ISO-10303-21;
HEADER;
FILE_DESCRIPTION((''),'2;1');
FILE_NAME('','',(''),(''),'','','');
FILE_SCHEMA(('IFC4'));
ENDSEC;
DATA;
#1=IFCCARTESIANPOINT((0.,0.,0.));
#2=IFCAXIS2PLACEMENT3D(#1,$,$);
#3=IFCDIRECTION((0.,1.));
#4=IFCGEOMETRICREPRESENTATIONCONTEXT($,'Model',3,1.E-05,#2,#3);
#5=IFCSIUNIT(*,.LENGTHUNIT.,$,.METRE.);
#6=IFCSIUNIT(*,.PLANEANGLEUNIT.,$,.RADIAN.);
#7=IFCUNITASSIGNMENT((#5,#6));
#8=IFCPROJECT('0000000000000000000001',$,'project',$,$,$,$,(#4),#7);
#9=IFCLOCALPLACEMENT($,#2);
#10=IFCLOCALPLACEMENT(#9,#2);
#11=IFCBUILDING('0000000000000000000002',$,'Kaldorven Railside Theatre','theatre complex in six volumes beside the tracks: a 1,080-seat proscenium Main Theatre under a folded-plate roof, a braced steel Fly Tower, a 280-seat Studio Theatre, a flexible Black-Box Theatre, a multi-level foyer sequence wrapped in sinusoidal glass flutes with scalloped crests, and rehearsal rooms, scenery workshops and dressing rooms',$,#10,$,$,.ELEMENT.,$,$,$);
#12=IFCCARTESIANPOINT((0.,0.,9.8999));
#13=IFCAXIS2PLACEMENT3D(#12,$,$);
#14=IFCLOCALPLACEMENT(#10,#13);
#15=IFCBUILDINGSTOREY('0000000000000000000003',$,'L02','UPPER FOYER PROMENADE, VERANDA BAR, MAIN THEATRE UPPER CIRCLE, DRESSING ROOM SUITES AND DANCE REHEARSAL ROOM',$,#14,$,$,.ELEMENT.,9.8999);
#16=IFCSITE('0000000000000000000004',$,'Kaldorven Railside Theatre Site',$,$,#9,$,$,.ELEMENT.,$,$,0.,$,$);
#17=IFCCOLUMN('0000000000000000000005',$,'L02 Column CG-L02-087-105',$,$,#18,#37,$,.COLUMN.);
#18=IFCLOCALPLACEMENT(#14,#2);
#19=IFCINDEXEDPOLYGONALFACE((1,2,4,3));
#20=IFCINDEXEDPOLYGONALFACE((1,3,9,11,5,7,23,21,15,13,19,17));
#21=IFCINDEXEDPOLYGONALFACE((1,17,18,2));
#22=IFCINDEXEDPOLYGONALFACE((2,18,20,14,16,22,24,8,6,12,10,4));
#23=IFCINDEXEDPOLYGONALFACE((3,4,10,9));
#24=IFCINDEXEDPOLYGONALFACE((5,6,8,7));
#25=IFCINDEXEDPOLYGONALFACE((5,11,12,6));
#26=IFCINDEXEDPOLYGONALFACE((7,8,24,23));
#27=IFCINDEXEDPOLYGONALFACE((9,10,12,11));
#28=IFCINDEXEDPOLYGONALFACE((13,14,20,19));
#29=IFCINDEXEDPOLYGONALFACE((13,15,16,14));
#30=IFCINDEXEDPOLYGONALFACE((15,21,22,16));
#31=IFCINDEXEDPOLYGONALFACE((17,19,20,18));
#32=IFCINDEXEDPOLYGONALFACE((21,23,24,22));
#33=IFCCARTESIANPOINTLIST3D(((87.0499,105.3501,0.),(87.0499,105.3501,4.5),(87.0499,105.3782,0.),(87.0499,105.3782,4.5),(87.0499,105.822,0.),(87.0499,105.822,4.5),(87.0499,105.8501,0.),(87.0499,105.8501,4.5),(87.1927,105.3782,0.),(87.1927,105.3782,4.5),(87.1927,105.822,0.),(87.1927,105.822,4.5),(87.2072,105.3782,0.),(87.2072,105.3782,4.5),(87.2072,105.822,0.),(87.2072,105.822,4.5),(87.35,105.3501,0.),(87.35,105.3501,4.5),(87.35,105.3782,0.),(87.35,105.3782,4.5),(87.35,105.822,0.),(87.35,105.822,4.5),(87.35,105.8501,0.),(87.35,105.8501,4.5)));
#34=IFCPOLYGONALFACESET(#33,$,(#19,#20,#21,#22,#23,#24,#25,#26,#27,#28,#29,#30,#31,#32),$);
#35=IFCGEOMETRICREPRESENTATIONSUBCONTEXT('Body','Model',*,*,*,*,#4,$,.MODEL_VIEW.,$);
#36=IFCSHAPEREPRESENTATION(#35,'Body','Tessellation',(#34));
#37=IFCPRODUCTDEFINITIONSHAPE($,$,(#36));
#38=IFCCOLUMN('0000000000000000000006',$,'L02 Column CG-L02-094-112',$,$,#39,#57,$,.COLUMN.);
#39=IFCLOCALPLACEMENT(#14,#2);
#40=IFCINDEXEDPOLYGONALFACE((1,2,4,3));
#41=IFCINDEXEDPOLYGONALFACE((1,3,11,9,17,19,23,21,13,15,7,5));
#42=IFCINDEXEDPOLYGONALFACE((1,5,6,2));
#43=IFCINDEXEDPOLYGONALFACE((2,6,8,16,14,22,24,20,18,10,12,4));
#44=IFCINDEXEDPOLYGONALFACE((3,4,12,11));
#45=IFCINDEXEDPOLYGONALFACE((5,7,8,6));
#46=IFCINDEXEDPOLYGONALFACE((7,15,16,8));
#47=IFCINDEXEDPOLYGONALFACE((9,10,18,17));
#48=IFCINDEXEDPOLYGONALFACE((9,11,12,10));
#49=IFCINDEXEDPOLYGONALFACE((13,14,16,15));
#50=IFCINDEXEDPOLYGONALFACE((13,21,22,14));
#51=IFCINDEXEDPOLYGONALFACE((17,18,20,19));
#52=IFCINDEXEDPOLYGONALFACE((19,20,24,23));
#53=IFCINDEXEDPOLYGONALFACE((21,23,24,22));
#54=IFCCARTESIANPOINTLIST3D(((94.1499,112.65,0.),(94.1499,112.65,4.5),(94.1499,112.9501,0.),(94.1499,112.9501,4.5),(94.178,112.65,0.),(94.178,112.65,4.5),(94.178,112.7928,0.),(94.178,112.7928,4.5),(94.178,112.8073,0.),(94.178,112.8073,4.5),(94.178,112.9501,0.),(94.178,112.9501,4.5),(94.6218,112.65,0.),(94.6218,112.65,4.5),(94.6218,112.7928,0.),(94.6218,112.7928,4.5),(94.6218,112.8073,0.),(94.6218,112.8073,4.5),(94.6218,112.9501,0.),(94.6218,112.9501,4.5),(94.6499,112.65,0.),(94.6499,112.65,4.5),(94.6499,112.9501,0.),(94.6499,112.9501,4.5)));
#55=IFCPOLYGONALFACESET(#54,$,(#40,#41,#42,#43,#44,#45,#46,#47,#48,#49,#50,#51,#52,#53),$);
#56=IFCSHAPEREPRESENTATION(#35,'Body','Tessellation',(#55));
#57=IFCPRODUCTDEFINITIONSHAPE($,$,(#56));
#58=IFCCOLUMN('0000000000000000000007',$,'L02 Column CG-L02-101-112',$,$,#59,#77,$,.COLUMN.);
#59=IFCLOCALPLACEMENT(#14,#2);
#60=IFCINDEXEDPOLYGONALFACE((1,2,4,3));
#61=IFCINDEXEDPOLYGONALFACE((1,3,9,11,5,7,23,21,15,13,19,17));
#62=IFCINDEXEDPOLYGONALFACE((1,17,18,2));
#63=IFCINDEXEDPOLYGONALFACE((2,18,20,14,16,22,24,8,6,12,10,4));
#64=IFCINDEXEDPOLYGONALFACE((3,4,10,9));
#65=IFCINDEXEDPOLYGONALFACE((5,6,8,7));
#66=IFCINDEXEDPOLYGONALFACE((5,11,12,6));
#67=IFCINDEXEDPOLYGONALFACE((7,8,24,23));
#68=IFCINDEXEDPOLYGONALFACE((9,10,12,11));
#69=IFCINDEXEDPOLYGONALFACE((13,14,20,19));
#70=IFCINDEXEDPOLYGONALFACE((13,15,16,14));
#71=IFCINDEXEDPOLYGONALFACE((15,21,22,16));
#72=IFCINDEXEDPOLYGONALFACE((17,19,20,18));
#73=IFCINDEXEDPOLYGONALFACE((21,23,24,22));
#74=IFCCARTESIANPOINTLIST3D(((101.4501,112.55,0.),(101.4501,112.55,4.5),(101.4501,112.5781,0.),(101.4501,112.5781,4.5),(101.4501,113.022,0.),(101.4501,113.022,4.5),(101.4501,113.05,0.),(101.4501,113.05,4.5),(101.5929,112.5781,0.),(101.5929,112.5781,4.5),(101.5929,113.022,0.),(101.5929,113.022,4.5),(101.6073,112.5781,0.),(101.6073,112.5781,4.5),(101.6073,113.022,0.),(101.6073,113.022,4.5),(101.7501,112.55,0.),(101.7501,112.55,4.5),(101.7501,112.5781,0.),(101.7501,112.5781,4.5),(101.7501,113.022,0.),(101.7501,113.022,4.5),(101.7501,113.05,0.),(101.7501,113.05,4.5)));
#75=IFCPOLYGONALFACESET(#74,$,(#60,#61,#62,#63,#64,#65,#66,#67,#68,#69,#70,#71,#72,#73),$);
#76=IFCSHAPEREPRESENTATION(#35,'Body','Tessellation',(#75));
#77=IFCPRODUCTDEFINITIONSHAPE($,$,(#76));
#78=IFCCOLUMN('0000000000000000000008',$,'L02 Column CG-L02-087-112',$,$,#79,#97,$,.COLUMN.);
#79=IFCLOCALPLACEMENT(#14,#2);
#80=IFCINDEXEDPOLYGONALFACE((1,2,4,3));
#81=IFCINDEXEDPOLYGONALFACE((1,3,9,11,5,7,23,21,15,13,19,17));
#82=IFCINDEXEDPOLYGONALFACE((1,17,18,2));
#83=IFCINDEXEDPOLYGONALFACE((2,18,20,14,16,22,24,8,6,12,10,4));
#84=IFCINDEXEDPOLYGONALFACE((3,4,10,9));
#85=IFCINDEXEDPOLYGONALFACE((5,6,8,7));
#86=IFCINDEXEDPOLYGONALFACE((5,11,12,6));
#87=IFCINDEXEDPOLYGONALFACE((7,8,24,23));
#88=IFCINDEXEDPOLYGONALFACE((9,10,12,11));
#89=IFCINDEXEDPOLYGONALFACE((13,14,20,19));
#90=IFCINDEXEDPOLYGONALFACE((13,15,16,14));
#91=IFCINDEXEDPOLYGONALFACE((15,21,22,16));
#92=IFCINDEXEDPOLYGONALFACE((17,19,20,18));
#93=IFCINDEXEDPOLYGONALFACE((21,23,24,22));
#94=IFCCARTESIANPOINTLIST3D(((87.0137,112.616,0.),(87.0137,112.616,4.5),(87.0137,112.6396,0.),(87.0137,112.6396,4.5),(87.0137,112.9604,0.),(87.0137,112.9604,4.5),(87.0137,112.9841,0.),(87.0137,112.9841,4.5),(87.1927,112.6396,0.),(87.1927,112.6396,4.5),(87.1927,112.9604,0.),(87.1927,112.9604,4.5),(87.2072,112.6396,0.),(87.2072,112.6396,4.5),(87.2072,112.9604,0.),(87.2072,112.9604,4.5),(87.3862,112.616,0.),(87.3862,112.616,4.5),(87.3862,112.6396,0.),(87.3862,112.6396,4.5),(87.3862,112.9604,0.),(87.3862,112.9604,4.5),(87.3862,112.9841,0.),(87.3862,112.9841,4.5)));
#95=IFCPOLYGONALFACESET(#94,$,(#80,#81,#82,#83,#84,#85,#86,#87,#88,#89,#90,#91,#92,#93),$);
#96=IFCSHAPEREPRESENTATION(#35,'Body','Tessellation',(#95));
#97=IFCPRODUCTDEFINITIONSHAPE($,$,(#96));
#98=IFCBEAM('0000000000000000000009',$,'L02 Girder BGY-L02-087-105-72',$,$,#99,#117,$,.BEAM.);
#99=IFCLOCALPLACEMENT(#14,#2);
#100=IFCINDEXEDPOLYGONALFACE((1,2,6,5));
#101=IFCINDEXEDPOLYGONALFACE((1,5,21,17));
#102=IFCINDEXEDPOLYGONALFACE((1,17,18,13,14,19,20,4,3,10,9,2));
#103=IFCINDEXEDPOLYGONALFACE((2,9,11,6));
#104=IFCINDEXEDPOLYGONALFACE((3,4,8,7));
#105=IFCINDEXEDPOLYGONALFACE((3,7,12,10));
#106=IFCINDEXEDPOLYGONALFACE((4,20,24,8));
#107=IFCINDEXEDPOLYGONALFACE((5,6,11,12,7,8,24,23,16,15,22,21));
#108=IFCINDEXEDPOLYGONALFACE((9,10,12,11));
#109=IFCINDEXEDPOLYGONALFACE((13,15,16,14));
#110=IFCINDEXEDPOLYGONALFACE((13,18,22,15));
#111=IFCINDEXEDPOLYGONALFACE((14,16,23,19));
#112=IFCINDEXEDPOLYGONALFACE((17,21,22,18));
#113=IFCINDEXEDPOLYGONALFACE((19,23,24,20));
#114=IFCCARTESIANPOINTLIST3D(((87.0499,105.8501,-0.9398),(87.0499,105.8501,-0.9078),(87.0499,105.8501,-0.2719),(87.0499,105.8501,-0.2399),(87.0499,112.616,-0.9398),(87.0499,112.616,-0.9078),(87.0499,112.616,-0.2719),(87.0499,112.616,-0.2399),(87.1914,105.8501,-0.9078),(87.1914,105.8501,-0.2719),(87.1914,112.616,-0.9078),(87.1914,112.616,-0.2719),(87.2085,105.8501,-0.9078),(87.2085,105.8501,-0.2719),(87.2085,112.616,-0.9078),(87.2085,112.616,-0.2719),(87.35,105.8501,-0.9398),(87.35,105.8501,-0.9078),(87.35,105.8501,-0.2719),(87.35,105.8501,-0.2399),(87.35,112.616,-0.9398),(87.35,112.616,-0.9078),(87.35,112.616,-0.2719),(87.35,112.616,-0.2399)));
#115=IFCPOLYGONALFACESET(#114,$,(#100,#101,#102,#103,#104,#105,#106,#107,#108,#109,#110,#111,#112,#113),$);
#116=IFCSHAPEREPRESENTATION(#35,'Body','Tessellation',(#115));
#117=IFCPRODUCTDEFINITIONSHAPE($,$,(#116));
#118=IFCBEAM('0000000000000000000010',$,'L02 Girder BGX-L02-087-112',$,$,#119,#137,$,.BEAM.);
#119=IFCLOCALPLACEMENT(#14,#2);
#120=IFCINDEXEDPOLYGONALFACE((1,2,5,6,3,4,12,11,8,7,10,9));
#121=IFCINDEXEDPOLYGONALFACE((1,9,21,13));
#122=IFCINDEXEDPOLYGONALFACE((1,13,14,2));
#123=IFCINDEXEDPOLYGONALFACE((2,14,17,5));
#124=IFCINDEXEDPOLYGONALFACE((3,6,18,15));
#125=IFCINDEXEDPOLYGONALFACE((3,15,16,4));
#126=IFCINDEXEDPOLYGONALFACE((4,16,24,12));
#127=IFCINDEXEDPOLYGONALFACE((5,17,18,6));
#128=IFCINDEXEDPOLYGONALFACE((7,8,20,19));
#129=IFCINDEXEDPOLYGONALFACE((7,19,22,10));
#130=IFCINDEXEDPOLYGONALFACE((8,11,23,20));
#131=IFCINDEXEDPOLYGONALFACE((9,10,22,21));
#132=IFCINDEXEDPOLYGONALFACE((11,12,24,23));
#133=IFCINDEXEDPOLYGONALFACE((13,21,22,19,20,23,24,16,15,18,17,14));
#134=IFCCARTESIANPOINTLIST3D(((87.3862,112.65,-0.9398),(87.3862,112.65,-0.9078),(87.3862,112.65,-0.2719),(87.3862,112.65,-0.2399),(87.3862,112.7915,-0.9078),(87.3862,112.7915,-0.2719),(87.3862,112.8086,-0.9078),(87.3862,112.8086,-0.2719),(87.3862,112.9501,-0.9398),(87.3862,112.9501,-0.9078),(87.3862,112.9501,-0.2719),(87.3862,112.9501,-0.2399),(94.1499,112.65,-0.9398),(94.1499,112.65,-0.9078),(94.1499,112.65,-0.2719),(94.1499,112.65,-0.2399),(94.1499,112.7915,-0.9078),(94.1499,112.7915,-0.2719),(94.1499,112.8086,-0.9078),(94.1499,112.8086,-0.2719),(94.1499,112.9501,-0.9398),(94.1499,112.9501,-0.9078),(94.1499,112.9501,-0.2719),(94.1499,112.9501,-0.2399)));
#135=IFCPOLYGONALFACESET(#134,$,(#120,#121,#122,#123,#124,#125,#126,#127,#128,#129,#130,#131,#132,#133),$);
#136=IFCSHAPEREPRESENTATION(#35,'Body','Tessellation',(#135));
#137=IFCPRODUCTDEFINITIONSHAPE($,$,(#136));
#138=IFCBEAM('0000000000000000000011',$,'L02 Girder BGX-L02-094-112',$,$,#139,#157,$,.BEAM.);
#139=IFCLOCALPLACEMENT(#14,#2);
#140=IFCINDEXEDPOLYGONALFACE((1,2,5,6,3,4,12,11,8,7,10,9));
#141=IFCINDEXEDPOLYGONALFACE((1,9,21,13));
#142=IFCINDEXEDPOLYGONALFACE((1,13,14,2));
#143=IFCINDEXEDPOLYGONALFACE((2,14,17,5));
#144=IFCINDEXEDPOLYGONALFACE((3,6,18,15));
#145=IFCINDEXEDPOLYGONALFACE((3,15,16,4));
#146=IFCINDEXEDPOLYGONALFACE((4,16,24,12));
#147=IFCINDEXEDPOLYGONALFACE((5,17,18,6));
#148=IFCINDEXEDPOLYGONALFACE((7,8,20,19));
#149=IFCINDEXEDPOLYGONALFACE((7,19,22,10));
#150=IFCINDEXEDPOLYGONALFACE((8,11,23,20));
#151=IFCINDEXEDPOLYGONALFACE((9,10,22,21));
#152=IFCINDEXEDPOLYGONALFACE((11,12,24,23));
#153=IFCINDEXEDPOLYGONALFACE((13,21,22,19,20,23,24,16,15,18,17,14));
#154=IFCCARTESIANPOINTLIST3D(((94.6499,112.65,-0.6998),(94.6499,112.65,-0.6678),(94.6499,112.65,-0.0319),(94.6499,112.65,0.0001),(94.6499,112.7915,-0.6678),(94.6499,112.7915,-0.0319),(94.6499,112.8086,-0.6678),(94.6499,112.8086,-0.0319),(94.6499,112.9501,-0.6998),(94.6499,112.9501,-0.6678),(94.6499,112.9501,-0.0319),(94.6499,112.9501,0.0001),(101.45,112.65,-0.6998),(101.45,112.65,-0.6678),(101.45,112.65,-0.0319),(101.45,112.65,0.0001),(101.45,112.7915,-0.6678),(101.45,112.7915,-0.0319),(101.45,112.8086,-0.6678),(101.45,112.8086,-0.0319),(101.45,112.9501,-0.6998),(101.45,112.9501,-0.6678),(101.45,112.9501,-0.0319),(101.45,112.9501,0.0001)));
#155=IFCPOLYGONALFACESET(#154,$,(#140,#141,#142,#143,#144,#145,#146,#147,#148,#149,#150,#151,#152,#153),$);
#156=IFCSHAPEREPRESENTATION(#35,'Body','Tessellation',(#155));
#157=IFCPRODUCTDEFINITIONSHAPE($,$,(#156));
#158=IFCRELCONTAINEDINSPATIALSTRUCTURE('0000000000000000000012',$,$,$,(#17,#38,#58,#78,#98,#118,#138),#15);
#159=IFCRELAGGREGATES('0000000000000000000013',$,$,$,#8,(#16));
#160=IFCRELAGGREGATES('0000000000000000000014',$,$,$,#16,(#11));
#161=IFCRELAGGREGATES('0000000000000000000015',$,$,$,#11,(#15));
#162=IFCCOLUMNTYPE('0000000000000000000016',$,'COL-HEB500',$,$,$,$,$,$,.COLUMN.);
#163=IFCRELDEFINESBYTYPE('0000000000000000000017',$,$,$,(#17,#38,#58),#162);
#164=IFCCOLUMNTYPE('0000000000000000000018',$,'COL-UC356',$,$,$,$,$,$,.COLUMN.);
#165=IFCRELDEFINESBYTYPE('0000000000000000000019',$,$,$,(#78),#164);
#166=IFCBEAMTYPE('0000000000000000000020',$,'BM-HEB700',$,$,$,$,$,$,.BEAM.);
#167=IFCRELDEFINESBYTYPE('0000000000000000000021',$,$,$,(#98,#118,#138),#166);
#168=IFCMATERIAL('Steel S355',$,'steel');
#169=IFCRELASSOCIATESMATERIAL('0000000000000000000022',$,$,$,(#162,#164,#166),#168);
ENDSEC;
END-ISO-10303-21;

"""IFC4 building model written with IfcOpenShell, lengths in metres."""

from ifc_helpers import new_model, si_unit, direction, frame, origin, origin_2d, place, context, subcontext, project, spatial, i_section, extrude, material, material_profile, profile_set, type_object, element, save


model = new_model("IFC4")

# Units and contexts
model_context = context("Model", 3, precision=1e-05, world=origin(), true_north=direction((0.0, 1.0)))
body_context = subcontext(model_context, "Body", "Model", "MODEL_VIEW")
ifc_project = project(units=[si_unit("LENGTHUNIT", "METRE"), si_unit("PLANEANGLEUNIT", "RADIAN")], contexts=[model_context])

# Site, building, storey
site_placement = place(None, origin())
site = spatial("IfcSite", under=ifc_project, at=site_placement, Name="Kaldorven Railside Theatre Site", CompositionType="ELEMENT", RefElevation=0.0)
building_placement = place(site_placement, origin())
building = spatial("IfcBuilding", under=site, at=building_placement, Name="Kaldorven Railside Theatre", Description="theatre complex in six volumes beside the tracks: a 1,080-seat proscenium Main Theatre under a folded-plate roof, a braced steel Fly Tower, a 280-seat Studio Theatre, a flexible Black-Box Theatre, a multi-level foyer sequence wrapped in sinusoidal glass flutes with scalloped crests, and rehearsal rooms, scenery workshops and dressing rooms", CompositionType="ELEMENT")
storey_placement = place(building_placement, frame((0.0, 0.0, 9.8999)))
storey = spatial("IfcBuildingStorey", under=building, at=storey_placement, Name="L02", Description="UPPER FOYER PROMENADE, VERANDA BAR, MAIN THEATRE UPPER CIRCLE, DRESSING ROOM SUITES AND DANCE REHEARSAL ROOM", CompositionType="ELEMENT", Elevation=9.8999)

# Columns
ifc_material_1 = material(Name="Steel S355", Category="steel")
ifc_material_profile_1 = material_profile(ifc_material_1, i_section(OverallWidth=0.3, OverallDepth=0.5, WebThickness=0.0144, FlangeThickness=0.0281, at=origin_2d()), Name="HEB 500")
ifc_profile_set_1 = profile_set([ifc_material_profile_1], Name="Steel S355")
column_type_1 = type_object("IfcColumnType", Name="COL-HEB500", PredefinedType="COLUMN", material=ifc_profile_set_1)
for number, where, z_axis, x_axis, name in (
    (1, (87.2, 105.6001, 0.0), (0.0, 0.0, 1.0), (1.0, 0.0, 0.0), "L02 Column CG-L02-087-105"),
    (2, (94.3999, 112.8, 0.0), (0.0, 0.0, 1.0), (0.0, 1.0, 0.0), "L02 Column CG-L02-094-112"),
    (3, (101.6001, 112.8, 0.0), (0.0, 0.0, 1.0), (1.0, 0.0, 0.0), "L02 Column CG-L02-101-112"),
):
    element("IfcColumn", number, at=place(storey_placement, frame(where, z_axis=z_axis, x_axis=x_axis)), inside=storey, type_object=column_type_1, Name=name, PredefinedType="COLUMN", context=body_context, shape_type="SweptSolid", body=[
        extrude(i_section(OverallWidth=0.3, OverallDepth=0.5, WebThickness=0.0144, FlangeThickness=0.0281, at=origin_2d()), origin(), (0.0, 0.0, 1.0), 4.5),
    ])
ifc_material_profile_2 = material_profile(ifc_material_1, i_section(OverallWidth=0.3726, OverallDepth=0.3682, WebThickness=0.0144, FlangeThickness=0.0237, at=origin_2d()), Name="UC 356x368x177")
ifc_profile_set_2 = profile_set([ifc_material_profile_2], Name="Steel S355")
column_type_2 = type_object("IfcColumnType", Name="COL-UC356", PredefinedType="COLUMN", material=ifc_profile_set_2)
column_placement = place(storey_placement, frame((87.2, 112.8, 0.0), z_axis=(0.0, 0.0, 1.0), x_axis=(1.0, 0.0, 0.0)))
element("IfcColumn", 4, at=column_placement, inside=storey, type_object=column_type_2, Name="L02 Column CG-L02-087-112", PredefinedType="COLUMN", context=body_context, shape_type="SweptSolid", body=[
    extrude(i_section(OverallWidth=0.3726, OverallDepth=0.3682, WebThickness=0.0144, FlangeThickness=0.0237, at=origin_2d()), origin(), (0.0, 0.0, 1.0), 4.5),
])

# Beams
ifc_material_profile_3 = material_profile(ifc_material_1, i_section(OverallWidth=0.3, OverallDepth=0.7, WebThickness=0.0171, FlangeThickness=0.032, at=origin_2d()), Name="HEB 700")
ifc_profile_set_3 = profile_set([ifc_material_profile_3], Name="Steel S355")
beam_type = type_object("IfcBeamType", Name="BM-HEB700", PredefinedType="BEAM", material=ifc_profile_set_3)
beam_1_placement = place(storey_placement, frame((87.2, 105.8501, -0.5898), z_axis=(0.0, 1.0, 0.0), x_axis=(-1.0, 0.0, 0.0)))
element("IfcBeam", 5, at=beam_1_placement, inside=storey, type_object=beam_type, Name="L02 Girder BGY-L02-087-105-72", PredefinedType="BEAM", context=body_context, shape_type="SweptSolid", body=[
    extrude(i_section(OverallWidth=0.3, OverallDepth=0.7, WebThickness=0.0171, FlangeThickness=0.032, at=origin_2d()), origin(), (0.0, 0.0, 1.0), 6.7659),
])
beam_2_placement = place(storey_placement, frame((87.3862, 112.8, -0.5898), z_axis=(1.0, 0.0, 0.0), x_axis=(0.0, 1.0, 0.0)))
element("IfcBeam", 6, at=beam_2_placement, inside=storey, type_object=beam_type, Name="L02 Girder BGX-L02-087-112", PredefinedType="BEAM", context=body_context, shape_type="SweptSolid", body=[
    extrude(i_section(OverallWidth=0.3, OverallDepth=0.7, WebThickness=0.0171, FlangeThickness=0.032, at=origin_2d()), origin(), (0.0, 0.0, 1.0), 6.7637),
])
beam_3_placement = place(storey_placement, frame((94.6499, 112.8, -0.3499), z_axis=(1.0, 0.0, 0.0), x_axis=(0.0, 1.0, 0.0)))
element("IfcBeam", 7, at=beam_3_placement, inside=storey, type_object=beam_type, Name="L02 Girder BGX-L02-094-112", PredefinedType="BEAM", context=body_context, shape_type="SweptSolid", body=[
    extrude(i_section(OverallWidth=0.3, OverallDepth=0.7, WebThickness=0.0171, FlangeThickness=0.032, at=origin_2d()), origin(), (0.0, 0.0, 1.0), 6.8),
])

save(model, "model.ifc")
